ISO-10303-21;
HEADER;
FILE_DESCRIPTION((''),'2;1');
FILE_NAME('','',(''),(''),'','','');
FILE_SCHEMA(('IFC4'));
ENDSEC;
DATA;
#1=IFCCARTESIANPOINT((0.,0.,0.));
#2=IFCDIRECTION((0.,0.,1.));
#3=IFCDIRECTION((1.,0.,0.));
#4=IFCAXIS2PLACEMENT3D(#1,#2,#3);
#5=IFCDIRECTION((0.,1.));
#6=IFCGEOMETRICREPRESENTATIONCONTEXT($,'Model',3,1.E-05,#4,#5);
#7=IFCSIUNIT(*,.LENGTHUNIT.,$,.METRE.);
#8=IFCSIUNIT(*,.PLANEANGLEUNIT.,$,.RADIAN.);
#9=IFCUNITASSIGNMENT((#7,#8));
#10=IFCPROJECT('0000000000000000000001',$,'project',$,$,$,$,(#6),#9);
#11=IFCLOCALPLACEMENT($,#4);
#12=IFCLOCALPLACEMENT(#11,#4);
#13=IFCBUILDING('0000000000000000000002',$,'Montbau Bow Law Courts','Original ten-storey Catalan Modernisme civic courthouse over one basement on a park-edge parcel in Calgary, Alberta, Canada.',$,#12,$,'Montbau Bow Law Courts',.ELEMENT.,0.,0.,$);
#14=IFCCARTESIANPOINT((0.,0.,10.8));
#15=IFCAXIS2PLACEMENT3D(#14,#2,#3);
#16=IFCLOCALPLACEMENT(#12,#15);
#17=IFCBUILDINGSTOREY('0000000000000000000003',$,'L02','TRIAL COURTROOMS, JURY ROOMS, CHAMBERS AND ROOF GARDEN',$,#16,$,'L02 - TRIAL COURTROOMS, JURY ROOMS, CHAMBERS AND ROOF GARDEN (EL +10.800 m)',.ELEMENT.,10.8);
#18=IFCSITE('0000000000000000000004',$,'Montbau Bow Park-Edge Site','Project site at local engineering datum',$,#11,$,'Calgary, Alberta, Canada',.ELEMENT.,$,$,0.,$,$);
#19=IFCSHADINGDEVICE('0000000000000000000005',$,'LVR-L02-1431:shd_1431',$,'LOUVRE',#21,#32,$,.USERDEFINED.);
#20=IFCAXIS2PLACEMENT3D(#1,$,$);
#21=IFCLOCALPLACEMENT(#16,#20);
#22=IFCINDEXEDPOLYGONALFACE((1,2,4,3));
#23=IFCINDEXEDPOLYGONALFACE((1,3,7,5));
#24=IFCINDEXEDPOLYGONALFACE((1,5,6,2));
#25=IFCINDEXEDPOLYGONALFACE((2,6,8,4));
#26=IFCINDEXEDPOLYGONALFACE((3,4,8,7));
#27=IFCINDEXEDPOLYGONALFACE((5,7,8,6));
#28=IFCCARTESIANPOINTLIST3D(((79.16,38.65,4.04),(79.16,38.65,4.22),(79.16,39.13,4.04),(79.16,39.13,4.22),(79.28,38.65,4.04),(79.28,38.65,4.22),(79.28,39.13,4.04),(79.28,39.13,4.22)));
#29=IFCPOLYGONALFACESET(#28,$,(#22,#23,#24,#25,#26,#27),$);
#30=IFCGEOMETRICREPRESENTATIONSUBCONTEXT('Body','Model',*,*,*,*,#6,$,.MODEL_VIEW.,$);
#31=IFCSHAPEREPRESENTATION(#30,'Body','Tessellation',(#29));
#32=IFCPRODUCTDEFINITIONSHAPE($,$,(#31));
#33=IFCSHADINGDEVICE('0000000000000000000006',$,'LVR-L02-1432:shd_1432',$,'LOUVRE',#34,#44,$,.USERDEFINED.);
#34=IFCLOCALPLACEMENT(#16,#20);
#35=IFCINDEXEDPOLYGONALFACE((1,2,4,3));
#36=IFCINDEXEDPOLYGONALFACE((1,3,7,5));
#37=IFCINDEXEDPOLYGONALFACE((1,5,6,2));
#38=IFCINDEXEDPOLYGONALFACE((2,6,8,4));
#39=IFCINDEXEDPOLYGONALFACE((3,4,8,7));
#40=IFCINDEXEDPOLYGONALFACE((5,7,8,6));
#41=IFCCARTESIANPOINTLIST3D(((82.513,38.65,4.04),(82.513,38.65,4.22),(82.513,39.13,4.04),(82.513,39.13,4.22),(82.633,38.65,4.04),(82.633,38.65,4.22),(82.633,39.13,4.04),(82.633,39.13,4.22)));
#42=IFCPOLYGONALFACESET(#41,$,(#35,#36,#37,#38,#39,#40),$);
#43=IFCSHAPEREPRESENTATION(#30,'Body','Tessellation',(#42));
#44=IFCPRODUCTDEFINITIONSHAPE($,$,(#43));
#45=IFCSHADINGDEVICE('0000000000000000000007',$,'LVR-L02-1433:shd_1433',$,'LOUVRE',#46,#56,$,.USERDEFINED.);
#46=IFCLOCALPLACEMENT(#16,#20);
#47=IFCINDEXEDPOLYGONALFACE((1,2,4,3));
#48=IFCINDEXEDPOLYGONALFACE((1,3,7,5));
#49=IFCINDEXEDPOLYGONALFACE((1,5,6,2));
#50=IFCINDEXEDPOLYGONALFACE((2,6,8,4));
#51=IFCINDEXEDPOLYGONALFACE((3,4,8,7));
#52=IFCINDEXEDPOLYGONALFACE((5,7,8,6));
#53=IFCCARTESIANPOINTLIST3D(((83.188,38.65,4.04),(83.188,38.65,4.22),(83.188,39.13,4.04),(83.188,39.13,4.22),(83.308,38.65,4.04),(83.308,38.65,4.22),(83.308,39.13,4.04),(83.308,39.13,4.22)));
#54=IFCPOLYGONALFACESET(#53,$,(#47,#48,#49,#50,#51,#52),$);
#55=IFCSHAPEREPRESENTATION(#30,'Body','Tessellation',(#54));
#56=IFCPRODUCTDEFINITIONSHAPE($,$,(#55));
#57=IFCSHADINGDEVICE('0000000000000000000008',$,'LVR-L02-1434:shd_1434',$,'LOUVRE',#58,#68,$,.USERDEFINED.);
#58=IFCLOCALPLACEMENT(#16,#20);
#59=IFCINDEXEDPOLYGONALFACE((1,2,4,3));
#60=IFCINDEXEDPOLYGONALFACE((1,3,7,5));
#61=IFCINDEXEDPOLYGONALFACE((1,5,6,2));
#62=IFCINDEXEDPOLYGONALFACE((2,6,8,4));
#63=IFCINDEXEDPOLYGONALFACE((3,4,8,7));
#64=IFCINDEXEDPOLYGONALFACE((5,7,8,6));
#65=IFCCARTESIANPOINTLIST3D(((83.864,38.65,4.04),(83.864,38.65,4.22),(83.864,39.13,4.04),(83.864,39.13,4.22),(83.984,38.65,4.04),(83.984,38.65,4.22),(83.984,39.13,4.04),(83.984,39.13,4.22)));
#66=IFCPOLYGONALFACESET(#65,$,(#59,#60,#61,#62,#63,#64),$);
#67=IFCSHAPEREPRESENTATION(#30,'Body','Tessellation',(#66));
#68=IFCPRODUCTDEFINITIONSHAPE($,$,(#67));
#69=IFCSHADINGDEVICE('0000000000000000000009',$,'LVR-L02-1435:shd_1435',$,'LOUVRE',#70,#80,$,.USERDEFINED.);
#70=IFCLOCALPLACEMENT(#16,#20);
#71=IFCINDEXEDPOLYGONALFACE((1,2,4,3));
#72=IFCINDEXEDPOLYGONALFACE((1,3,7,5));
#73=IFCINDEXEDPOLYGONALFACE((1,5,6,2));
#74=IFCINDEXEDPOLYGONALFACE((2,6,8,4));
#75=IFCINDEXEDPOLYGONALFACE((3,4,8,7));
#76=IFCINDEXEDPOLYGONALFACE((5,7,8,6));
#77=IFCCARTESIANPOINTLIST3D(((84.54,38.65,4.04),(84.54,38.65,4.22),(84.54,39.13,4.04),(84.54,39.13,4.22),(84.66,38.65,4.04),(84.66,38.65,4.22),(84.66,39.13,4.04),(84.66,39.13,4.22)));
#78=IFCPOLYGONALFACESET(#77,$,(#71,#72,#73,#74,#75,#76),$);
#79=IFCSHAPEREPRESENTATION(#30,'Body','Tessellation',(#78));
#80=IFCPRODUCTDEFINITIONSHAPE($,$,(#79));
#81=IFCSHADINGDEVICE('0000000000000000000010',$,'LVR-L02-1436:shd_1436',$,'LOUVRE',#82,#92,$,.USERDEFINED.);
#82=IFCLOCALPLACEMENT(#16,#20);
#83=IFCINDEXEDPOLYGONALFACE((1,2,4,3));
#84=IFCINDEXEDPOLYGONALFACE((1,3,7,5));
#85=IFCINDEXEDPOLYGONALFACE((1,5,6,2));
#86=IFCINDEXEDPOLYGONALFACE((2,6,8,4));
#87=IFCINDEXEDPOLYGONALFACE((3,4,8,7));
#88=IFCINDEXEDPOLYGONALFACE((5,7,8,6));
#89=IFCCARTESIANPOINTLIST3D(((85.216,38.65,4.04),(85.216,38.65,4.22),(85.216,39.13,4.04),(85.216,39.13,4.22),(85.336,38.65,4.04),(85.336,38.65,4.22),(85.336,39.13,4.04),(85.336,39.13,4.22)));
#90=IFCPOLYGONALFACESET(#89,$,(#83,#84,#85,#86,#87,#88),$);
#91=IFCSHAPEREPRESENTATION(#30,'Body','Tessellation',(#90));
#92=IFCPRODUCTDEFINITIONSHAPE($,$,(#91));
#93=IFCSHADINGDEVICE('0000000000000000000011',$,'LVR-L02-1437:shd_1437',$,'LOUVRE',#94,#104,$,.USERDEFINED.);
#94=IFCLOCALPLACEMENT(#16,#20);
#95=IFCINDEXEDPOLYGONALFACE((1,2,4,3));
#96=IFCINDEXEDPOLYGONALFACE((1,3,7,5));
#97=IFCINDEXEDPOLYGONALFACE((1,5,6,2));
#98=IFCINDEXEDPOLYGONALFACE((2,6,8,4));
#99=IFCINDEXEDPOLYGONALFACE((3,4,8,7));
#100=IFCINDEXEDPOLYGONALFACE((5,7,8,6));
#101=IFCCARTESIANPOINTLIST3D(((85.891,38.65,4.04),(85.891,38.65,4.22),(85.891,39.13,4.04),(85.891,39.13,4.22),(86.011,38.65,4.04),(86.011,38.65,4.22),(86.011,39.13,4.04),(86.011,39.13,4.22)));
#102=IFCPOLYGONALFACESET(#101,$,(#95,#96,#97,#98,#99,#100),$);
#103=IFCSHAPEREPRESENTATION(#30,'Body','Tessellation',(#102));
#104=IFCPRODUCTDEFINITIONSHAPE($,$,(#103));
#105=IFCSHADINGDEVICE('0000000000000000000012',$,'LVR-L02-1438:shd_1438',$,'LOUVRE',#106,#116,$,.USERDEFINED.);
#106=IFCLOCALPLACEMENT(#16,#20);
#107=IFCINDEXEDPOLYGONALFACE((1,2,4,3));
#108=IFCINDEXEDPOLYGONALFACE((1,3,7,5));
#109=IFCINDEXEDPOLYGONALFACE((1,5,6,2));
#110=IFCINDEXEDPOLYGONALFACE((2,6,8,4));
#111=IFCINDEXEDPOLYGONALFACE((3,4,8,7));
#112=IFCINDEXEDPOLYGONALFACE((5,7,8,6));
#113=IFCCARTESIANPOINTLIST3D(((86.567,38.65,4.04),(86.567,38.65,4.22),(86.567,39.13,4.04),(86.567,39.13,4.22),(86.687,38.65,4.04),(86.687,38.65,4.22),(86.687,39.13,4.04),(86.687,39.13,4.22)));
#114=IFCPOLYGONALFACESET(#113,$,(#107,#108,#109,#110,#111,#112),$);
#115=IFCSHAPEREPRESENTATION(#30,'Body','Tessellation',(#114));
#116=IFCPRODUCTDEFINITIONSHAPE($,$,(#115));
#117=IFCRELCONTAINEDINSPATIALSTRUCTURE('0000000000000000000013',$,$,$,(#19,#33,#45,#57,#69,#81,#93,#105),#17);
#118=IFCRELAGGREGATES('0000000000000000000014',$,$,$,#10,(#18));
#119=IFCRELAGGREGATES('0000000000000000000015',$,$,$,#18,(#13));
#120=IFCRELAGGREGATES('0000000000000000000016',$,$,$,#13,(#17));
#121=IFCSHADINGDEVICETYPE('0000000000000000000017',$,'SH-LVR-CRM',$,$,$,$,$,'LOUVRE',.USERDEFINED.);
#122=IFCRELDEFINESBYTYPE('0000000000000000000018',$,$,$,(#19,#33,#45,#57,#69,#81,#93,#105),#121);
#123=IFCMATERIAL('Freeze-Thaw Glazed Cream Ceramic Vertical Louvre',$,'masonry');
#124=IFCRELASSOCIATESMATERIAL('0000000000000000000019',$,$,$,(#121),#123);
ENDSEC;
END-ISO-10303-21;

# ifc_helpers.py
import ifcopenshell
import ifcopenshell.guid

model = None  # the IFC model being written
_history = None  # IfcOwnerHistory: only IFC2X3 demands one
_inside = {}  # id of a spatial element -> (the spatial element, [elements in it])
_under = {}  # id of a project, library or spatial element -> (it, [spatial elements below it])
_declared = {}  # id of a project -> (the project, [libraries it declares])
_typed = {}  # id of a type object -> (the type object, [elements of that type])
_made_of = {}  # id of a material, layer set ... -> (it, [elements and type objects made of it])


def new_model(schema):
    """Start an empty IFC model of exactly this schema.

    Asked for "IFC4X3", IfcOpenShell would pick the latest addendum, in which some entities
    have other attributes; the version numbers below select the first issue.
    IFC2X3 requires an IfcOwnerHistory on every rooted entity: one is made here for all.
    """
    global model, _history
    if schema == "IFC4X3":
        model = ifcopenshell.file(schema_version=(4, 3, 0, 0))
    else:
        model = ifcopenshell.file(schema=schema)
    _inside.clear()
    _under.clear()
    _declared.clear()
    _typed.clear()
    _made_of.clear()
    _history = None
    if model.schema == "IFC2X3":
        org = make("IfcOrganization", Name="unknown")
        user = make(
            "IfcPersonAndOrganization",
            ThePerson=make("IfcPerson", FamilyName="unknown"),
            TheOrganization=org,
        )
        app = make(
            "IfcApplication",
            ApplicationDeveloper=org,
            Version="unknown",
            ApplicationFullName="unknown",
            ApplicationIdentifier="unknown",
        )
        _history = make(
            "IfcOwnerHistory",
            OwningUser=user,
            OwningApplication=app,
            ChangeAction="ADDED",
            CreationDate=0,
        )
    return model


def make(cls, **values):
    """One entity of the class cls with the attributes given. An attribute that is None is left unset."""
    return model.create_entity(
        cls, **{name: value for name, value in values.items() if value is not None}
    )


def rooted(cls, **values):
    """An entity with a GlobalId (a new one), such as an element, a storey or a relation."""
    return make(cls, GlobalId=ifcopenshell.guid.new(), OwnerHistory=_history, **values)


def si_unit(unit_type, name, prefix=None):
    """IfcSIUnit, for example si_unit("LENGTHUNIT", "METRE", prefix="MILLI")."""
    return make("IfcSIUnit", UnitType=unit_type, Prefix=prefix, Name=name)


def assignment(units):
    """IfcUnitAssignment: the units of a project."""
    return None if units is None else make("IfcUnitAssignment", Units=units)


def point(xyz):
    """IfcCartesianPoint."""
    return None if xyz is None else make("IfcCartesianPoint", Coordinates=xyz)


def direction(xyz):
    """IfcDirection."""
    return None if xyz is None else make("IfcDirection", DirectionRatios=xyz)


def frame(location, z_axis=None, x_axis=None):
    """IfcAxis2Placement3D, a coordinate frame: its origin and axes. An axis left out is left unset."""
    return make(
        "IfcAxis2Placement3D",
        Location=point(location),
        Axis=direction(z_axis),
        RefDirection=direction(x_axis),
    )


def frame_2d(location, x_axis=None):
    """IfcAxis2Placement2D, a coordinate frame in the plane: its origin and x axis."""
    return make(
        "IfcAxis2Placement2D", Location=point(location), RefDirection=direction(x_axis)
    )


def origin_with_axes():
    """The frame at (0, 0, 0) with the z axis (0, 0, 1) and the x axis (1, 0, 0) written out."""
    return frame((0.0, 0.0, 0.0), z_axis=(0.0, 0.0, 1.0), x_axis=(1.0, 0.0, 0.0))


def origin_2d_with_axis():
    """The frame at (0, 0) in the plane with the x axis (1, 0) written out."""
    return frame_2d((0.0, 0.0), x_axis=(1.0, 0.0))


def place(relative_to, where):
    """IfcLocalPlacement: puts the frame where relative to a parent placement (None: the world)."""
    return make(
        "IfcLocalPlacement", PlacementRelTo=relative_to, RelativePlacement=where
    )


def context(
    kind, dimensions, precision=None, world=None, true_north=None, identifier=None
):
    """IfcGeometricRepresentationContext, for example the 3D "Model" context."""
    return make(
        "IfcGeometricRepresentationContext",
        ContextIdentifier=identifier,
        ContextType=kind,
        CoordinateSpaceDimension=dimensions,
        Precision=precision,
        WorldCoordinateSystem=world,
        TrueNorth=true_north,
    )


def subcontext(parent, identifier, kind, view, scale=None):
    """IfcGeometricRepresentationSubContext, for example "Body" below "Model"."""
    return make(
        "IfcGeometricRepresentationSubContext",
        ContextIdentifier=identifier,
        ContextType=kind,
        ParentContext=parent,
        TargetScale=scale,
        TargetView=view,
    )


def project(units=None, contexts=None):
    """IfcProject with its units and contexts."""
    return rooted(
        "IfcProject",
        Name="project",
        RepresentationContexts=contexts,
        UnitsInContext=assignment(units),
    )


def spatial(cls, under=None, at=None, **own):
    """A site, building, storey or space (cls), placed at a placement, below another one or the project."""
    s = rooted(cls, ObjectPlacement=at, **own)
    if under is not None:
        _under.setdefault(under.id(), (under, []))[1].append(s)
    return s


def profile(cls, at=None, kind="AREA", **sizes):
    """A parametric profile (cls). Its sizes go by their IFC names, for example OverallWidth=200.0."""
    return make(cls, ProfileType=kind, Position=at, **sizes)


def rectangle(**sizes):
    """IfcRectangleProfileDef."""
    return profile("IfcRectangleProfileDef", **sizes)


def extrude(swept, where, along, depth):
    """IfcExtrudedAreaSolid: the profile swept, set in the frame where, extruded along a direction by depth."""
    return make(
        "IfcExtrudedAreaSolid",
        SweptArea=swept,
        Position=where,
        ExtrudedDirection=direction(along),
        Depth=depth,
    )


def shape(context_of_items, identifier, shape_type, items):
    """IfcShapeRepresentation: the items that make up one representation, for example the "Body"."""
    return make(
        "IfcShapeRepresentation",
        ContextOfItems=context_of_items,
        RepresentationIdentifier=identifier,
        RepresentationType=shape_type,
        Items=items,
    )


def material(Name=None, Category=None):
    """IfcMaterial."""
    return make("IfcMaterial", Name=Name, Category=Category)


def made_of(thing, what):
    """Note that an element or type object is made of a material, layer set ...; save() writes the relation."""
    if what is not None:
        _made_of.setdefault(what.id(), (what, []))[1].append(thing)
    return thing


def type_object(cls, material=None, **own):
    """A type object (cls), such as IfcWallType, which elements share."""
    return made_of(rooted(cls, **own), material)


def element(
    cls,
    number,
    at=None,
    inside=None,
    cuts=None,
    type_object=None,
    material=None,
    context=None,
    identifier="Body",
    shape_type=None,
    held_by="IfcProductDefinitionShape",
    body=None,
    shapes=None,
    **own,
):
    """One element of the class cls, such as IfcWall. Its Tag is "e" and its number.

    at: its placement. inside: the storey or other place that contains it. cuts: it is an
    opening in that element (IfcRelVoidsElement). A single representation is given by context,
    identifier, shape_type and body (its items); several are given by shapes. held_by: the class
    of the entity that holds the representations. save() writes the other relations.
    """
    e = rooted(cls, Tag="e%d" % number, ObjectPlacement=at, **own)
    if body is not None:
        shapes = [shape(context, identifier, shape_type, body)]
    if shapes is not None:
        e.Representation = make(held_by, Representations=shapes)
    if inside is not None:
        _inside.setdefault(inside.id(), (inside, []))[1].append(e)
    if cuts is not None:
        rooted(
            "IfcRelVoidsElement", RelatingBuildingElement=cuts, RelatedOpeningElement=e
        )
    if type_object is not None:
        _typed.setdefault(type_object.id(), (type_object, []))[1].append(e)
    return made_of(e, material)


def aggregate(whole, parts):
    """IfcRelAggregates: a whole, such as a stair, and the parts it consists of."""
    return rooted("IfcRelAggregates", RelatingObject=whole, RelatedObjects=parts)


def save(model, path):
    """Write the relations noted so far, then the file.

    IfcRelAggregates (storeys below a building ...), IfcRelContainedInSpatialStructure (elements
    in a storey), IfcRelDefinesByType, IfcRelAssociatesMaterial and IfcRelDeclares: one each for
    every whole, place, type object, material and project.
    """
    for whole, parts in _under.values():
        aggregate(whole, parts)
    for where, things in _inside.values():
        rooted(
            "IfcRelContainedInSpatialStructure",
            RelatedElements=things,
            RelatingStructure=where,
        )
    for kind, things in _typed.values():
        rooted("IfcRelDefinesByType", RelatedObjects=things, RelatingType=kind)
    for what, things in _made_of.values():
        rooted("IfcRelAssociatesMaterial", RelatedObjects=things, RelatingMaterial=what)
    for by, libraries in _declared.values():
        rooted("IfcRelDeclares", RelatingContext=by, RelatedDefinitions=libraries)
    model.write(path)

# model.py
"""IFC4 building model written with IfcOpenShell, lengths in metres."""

from ifc_helpers import new_model, si_unit, direction, frame, origin_with_axes, origin_2d_with_axis, place, context, subcontext, project, spatial, rectangle, extrude, material, type_object, element, save


model = new_model("IFC4")

# Units and contexts
model_context = context("Model", 3, precision=1e-05, world=origin_with_axes(), true_north=direction((0.0, 1.0)))
body_context = subcontext(model_context, "Body", "Model", "MODEL_VIEW")
ifc_project = project(units=[si_unit("LENGTHUNIT", "METRE"), si_unit("PLANEANGLEUNIT", "RADIAN")], contexts=[model_context])

# Site, building, storey
site_placement = place(None, origin_with_axes())
site = spatial("IfcSite", under=ifc_project, at=site_placement, Name="Montbau Bow Park-Edge Site", Description="Project site at local engineering datum", LongName="Calgary, Alberta, Canada", CompositionType="ELEMENT", RefElevation=0.0)
building_placement = place(site_placement, origin_with_axes())
building = spatial("IfcBuilding", under=site, at=building_placement, Name="Montbau Bow Law Courts", Description="Original ten-storey Catalan Modernisme civic courthouse over one basement on a park-edge parcel in Calgary, Alberta, Canada.", LongName="Montbau Bow Law Courts", CompositionType="ELEMENT", ElevationOfRefHeight=0.0, ElevationOfTerrain=0.0)
storey_placement = place(building_placement, frame((0.0, 0.0, 10.8), z_axis=(0.0, 0.0, 1.0), x_axis=(1.0, 0.0, 0.0)))
storey = spatial("IfcBuildingStorey", under=building, at=storey_placement, Name="L02", Description="TRIAL COURTROOMS, JURY ROOMS, CHAMBERS AND ROOF GARDEN", LongName="L02 - TRIAL COURTROOMS, JURY ROOMS, CHAMBERS AND ROOF GARDEN (EL +10.800 m)", CompositionType="ELEMENT", Elevation=10.8)

# Shading devices
ifc_material_1 = material(Name="Freeze-Thaw Glazed Cream Ceramic Vertical Louvre", Category="masonry")
shading_device_type = type_object("IfcShadingDeviceType", Name="SH-LVR-CRM", ElementType="LOUVRE", PredefinedType="USERDEFINED", material=ifc_material_1)
for number, where, z_axis, x_axis, name in (
    (1, (79.22, 38.89, 14.84), (0.0, 0.0, 1.0), (0.0, -1.0, 0.0), "LVR-L02-1431:shd_1431"),
    (2, (82.573, 38.89, 14.84), (0.0, 0.0, 1.0), (0.0, -1.0, 0.0), "LVR-L02-1432:shd_1432"),
    (3, (83.248, 38.89, 14.84), (0.0, 0.0, 1.0), (0.0, -1.0, 0.0), "LVR-L02-1433:shd_1433"),
    (4, (83.924, 38.89, 14.84), (0.0, 0.0, 1.0), (0.0, -1.0, 0.0), "LVR-L02-1434:shd_1434"),
    (5, (84.6, 38.89, 14.84), (0.0, 0.0, 1.0), (0.0, -1.0, 0.0), "LVR-L02-1435:shd_1435"),
    (6, (85.276, 38.89, 14.84), (0.0, 0.0, 1.0), (0.0, -1.0, 0.0), "LVR-L02-1436:shd_1436"),
    (7, (85.951, 38.89, 14.84), (0.0, 0.0, 1.0), (0.0, -1.0, 0.0), "LVR-L02-1437:shd_1437"),
    (8, (86.627, 38.89, 14.84), (0.0, 0.0, 1.0), (0.0, -1.0, 0.0), "LVR-L02-1438:shd_1438"),
):
    element("IfcShadingDevice", number, at=place(None, frame(where, z_axis=z_axis, x_axis=x_axis)), inside=storey, type_object=shading_device_type, Name=name, ObjectType="LOUVRE", PredefinedType="USERDEFINED", context=body_context, shape_type="SweptSolid", body=[
        extrude(rectangle(XDim=0.48, YDim=0.12, at=origin_2d_with_axis()), origin_with_axes(), (0.0, 0.0, 1.0), 0.18),
    ])

save(model, "model.ifc")
